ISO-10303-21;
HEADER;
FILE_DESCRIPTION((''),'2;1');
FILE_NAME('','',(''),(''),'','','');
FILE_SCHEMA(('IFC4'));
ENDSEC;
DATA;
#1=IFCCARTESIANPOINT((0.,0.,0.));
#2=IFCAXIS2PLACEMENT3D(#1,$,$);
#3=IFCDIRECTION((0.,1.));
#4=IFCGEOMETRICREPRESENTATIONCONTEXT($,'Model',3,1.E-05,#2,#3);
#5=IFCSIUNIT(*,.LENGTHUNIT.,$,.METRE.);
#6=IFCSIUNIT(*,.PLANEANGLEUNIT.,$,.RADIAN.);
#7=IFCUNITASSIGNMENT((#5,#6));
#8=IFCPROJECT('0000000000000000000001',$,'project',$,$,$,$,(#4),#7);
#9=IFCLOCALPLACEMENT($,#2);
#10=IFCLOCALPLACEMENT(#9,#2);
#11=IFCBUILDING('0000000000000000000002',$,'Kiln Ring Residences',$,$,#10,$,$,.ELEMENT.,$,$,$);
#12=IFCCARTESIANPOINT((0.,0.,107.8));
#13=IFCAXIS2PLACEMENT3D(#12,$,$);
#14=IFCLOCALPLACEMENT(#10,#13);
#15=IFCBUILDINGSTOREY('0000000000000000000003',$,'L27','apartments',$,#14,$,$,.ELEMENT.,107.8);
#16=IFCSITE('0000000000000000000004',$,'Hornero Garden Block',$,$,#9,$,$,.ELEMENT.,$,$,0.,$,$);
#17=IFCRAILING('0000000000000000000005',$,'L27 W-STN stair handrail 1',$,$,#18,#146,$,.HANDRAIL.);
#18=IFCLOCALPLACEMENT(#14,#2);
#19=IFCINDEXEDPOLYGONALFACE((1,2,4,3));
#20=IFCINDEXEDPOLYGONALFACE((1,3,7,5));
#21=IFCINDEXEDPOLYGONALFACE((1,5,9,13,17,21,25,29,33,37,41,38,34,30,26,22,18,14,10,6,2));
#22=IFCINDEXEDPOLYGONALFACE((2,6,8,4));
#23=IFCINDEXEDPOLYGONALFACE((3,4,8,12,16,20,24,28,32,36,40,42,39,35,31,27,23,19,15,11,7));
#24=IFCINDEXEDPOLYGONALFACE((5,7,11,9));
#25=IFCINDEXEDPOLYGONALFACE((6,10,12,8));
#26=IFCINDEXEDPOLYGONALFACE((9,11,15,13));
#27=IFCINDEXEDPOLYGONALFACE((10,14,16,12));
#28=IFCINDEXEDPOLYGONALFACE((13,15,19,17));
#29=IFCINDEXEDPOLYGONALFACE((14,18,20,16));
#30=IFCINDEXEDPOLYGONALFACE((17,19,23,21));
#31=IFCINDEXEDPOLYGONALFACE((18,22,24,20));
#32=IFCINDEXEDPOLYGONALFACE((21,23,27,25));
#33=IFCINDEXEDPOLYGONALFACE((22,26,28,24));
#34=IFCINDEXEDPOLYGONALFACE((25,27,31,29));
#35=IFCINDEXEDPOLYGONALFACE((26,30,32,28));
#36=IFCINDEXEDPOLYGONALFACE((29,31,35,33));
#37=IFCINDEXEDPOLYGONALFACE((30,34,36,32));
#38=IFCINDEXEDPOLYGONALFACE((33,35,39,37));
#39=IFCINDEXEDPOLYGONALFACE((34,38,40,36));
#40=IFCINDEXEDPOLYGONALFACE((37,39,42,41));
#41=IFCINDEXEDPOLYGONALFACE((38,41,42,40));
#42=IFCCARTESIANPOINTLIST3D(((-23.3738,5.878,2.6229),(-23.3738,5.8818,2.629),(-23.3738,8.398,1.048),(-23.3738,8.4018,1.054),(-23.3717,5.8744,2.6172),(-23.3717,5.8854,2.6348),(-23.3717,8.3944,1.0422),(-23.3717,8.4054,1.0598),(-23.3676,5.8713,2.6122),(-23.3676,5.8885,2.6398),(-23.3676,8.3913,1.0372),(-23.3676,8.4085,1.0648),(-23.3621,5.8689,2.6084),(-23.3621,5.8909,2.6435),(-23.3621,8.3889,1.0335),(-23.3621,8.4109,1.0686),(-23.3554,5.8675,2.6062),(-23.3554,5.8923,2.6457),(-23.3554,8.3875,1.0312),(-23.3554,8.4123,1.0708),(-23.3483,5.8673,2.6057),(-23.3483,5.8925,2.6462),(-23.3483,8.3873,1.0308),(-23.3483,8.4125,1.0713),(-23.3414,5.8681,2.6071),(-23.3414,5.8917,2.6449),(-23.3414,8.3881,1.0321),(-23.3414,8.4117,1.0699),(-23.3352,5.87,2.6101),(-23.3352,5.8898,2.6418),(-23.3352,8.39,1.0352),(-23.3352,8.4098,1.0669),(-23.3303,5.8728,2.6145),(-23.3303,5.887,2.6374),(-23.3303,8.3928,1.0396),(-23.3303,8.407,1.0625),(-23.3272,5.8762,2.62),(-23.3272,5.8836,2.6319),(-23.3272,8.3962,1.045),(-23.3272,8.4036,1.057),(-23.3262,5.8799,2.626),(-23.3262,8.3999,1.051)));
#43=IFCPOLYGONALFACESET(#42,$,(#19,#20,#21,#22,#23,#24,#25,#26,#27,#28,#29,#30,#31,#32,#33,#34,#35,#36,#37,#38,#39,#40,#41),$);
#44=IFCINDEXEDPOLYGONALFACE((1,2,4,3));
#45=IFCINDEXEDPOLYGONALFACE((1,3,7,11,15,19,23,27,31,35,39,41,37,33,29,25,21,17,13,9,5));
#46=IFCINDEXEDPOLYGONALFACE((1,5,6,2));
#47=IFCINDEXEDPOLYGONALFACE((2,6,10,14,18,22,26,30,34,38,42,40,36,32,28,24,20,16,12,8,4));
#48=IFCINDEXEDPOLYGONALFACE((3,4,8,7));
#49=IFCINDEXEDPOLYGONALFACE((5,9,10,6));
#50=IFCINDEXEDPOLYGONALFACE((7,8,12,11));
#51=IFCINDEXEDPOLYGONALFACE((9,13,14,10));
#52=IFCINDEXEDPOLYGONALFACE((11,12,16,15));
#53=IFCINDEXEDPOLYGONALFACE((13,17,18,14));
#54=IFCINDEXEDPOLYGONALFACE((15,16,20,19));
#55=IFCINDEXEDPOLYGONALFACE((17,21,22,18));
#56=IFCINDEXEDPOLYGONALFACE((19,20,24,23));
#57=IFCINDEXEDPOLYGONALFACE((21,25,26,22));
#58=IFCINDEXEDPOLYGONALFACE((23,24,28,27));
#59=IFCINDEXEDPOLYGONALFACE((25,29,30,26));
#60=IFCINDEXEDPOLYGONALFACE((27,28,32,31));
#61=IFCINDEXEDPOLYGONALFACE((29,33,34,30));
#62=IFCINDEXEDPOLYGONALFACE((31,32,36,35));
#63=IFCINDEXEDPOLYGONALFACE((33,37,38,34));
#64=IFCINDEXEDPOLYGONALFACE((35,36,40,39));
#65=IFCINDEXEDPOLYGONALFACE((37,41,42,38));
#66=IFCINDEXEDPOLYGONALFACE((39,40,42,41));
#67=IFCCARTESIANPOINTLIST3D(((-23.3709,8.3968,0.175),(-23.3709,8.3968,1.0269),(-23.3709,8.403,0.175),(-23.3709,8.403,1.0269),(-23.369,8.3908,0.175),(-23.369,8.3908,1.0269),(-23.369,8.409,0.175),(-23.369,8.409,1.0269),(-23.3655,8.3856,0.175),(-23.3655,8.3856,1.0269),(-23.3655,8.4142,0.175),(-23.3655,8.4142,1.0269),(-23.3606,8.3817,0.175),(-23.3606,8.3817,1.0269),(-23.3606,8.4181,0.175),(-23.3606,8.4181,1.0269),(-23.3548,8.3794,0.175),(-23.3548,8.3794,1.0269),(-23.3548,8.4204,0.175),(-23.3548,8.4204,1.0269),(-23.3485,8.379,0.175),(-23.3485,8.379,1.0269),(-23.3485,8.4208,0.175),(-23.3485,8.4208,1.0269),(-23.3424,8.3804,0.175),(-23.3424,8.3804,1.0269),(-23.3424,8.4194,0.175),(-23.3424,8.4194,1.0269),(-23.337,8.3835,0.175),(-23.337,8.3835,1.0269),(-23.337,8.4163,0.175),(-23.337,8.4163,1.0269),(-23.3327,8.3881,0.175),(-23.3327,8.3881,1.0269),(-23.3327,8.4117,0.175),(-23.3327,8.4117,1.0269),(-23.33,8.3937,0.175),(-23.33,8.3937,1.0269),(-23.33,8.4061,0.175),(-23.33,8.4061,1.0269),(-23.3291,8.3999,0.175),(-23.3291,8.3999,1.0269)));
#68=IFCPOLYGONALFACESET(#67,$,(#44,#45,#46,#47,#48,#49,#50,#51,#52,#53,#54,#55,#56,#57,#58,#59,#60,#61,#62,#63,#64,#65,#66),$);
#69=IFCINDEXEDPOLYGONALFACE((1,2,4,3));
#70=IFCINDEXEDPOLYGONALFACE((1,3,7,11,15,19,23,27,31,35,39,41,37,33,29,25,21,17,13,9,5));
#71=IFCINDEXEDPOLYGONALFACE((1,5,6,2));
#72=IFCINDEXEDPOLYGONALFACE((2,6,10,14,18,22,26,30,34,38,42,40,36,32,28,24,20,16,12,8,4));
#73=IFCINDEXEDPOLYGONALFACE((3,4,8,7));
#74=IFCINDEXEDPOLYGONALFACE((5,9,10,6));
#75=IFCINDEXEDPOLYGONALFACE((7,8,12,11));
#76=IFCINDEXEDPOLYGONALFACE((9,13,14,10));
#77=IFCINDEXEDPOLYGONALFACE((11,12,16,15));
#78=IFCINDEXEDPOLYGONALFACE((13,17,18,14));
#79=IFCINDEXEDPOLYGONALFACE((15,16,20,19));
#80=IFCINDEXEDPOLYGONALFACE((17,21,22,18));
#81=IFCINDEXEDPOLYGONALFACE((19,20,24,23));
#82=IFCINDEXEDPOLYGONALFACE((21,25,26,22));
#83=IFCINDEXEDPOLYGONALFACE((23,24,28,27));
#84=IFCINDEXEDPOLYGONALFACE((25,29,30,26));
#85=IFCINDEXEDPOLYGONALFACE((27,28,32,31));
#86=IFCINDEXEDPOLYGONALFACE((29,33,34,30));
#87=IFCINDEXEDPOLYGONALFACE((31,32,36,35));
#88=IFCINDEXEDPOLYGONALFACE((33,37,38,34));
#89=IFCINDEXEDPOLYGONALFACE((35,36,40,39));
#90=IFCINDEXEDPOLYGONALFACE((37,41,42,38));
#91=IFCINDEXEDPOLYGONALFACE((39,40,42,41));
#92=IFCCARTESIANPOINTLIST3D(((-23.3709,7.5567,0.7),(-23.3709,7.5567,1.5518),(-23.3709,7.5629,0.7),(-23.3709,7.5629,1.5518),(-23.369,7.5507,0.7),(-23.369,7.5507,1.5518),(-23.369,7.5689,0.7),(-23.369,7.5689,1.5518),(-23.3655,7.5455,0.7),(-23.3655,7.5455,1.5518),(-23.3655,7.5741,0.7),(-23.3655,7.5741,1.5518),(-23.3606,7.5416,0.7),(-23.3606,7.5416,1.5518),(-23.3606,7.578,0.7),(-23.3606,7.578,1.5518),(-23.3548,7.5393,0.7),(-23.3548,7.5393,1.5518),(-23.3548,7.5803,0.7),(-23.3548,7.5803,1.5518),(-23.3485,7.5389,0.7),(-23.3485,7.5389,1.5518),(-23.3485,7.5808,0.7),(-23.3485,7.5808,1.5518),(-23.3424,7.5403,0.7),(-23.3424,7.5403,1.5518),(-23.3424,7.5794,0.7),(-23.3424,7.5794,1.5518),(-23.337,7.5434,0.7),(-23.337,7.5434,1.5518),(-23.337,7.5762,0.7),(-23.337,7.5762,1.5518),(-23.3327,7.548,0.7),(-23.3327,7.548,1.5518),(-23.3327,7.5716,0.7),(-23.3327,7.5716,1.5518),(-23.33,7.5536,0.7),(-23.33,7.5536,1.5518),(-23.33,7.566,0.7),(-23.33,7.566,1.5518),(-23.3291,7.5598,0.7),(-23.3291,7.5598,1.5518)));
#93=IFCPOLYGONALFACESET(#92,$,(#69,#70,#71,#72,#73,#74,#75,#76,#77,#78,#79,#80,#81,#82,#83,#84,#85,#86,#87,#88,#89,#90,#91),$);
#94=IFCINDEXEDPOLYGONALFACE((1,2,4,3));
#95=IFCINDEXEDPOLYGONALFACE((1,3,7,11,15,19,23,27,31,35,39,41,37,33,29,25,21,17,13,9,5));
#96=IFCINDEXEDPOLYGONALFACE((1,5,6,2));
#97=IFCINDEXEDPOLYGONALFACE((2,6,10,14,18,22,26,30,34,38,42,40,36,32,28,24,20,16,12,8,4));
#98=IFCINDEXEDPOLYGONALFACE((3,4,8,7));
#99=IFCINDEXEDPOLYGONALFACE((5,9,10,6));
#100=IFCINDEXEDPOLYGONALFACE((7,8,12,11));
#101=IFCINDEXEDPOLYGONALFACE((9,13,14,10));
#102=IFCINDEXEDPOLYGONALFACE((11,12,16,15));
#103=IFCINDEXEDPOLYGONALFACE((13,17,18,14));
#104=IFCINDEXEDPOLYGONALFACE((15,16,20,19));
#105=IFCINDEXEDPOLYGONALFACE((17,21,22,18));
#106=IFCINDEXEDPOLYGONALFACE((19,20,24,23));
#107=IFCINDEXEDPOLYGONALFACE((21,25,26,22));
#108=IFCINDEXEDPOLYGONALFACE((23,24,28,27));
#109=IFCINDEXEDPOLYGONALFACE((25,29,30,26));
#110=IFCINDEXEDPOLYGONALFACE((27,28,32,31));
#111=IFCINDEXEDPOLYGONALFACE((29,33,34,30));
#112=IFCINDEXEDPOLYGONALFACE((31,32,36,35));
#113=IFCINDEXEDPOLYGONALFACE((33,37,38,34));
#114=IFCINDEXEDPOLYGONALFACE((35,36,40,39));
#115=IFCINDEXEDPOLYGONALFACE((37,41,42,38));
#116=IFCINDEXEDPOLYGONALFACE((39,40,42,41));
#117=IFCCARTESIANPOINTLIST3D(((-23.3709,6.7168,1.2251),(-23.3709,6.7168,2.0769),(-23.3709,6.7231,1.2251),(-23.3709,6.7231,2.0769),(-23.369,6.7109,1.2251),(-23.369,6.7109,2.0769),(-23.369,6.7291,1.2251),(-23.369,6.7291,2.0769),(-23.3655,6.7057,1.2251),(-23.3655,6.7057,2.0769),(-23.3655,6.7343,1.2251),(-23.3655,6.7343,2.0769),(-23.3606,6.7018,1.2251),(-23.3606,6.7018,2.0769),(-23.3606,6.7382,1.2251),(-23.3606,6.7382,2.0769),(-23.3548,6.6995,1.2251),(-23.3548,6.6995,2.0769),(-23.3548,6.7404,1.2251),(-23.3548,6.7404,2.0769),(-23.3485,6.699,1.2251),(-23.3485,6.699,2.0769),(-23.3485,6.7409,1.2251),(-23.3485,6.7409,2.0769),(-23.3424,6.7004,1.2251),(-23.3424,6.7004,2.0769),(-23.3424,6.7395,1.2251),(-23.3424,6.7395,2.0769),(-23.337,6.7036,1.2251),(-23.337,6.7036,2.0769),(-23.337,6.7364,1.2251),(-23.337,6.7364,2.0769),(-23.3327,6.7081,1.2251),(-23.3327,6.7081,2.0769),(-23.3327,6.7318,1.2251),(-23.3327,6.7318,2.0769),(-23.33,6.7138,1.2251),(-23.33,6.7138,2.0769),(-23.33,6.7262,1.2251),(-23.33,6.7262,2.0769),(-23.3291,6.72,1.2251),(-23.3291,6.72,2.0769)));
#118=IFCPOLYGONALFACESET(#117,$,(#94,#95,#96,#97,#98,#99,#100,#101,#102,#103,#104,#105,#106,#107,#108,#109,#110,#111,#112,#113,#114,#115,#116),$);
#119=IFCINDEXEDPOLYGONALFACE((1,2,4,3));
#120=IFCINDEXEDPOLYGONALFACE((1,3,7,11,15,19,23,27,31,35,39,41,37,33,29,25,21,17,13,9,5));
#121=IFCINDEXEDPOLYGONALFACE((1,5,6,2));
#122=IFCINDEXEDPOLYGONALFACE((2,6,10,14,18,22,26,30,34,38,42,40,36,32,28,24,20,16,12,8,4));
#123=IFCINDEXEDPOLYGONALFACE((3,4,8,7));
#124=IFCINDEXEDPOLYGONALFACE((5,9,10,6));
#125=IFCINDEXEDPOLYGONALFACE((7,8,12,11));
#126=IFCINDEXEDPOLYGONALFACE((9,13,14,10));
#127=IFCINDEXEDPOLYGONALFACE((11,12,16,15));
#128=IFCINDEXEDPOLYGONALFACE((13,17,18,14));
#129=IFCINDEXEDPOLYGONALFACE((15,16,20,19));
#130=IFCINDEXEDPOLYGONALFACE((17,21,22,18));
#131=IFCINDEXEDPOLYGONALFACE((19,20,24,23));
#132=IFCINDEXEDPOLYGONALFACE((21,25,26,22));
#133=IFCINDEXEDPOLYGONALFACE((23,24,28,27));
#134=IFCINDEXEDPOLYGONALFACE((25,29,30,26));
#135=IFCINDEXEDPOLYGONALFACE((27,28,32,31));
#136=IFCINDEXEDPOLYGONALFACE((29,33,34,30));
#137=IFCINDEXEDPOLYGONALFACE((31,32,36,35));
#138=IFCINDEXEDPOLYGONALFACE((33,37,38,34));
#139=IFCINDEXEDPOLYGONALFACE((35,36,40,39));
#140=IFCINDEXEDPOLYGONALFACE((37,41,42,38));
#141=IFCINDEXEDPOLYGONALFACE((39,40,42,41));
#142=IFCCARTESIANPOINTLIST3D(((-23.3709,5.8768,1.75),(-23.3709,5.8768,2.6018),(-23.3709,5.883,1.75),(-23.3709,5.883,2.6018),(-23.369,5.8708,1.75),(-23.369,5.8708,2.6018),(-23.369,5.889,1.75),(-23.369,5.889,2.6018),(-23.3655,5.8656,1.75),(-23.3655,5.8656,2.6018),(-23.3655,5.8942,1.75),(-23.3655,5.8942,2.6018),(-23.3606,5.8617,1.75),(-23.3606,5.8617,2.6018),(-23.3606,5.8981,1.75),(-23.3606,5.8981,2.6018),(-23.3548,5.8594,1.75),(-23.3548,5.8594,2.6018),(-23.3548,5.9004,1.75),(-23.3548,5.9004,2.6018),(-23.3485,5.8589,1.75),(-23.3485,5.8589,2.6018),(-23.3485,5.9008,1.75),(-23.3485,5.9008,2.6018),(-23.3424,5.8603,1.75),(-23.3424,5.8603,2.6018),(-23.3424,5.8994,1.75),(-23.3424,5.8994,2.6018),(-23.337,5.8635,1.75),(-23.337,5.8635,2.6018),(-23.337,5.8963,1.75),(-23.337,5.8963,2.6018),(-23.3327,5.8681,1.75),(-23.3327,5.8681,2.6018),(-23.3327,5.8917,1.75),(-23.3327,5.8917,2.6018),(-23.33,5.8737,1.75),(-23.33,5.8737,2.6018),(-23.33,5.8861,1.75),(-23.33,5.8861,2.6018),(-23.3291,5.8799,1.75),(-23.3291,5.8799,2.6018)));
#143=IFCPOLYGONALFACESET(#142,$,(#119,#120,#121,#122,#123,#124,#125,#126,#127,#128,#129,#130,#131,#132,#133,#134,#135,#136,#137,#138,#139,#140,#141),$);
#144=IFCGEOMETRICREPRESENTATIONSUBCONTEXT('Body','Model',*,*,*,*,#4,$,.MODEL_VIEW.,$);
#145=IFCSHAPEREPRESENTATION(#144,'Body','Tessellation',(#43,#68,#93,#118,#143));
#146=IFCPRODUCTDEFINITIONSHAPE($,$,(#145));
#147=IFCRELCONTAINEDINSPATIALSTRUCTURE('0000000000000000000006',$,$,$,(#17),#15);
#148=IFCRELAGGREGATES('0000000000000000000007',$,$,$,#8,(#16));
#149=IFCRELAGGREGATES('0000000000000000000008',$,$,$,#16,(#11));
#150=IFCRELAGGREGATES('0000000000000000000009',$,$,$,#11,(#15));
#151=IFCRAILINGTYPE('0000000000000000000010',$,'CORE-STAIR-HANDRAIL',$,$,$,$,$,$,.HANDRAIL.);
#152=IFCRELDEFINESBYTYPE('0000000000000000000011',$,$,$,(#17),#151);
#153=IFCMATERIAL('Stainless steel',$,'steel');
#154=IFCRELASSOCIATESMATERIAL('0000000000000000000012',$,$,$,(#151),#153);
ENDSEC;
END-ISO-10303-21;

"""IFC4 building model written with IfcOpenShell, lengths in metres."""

from ifc_helpers import new_model, si_unit, direction, frame, origin, origin_2d, place, context, subcontext, project, spatial, circle, extrude, material, type_object, element, save


model = new_model("IFC4")

# Units and contexts
model_context = context("Model", 3, precision=1e-05, world=origin(), true_north=direction((0.0, 1.0)))
body_context = subcontext(model_context, "Body", "Model", "MODEL_VIEW")
ifc_project = project(units=[si_unit("LENGTHUNIT", "METRE"), si_unit("PLANEANGLEUNIT", "RADIAN")], contexts=[model_context])

# Site, building, storey
site_placement = place(None, origin())
site = spatial("IfcSite", under=ifc_project, at=site_placement, Name="Hornero Garden Block", CompositionType="ELEMENT", RefElevation=0.0)
building_placement = place(site_placement, origin())
building = spatial("IfcBuilding", under=site, at=building_placement, Name="Kiln Ring Residences", CompositionType="ELEMENT")
storey_placement = place(building_placement, frame((0.0, 0.0, 107.8)))
storey = spatial("IfcBuildingStorey", under=building, at=storey_placement, Name="L27", Description="apartments", CompositionType="ELEMENT", Elevation=107.8)

# Railing
ifc_material_1 = material(Name="Stainless steel", Category="steel")
railing_type_1 = type_object("IfcRailingType", Name="CORE-STAIR-HANDRAIL", PredefinedType="HANDRAIL", material=ifc_material_1)
railing_1_placement = place(storey_placement, frame((-23.3501, 8.3999, 0.175)))
element("IfcRailing", 1, at=railing_1_placement, inside=storey, type_object=railing_type_1, Name="L27 W-STN stair handrail 1", PredefinedType="HANDRAIL", context=body_context, shape_type="SweptSolid", body=[
    extrude(circle(Radius=0.0239, at=origin_2d()), frame((0.0, 0.0, 0.876), z_axis=(0.0, -0.848008, 0.529984), x_axis=(1.0, 0.0, 0.0)), (0.0, 0.0, 1.0), 2.9717),
    extrude(circle(Radius=0.021, at=origin_2d()), origin(), (0.0, 0.0, 1.0), 0.8518),
    extrude(circle(Radius=0.021, at=origin_2d()), frame((0.0, -0.8401, 0.5249)), (0.0, 0.0, 1.0), 0.8518),
    extrude(circle(Radius=0.021, at=origin_2d()), frame((0.0, -1.6799, 1.05)), (0.0, 0.0, 1.0), 0.8518),
    extrude(circle(Radius=0.021, at=origin_2d()), frame((0.0, -2.52, 1.575)), (0.0, 0.0, 1.0), 0.8518),
])

save(model, "model.ifc")
